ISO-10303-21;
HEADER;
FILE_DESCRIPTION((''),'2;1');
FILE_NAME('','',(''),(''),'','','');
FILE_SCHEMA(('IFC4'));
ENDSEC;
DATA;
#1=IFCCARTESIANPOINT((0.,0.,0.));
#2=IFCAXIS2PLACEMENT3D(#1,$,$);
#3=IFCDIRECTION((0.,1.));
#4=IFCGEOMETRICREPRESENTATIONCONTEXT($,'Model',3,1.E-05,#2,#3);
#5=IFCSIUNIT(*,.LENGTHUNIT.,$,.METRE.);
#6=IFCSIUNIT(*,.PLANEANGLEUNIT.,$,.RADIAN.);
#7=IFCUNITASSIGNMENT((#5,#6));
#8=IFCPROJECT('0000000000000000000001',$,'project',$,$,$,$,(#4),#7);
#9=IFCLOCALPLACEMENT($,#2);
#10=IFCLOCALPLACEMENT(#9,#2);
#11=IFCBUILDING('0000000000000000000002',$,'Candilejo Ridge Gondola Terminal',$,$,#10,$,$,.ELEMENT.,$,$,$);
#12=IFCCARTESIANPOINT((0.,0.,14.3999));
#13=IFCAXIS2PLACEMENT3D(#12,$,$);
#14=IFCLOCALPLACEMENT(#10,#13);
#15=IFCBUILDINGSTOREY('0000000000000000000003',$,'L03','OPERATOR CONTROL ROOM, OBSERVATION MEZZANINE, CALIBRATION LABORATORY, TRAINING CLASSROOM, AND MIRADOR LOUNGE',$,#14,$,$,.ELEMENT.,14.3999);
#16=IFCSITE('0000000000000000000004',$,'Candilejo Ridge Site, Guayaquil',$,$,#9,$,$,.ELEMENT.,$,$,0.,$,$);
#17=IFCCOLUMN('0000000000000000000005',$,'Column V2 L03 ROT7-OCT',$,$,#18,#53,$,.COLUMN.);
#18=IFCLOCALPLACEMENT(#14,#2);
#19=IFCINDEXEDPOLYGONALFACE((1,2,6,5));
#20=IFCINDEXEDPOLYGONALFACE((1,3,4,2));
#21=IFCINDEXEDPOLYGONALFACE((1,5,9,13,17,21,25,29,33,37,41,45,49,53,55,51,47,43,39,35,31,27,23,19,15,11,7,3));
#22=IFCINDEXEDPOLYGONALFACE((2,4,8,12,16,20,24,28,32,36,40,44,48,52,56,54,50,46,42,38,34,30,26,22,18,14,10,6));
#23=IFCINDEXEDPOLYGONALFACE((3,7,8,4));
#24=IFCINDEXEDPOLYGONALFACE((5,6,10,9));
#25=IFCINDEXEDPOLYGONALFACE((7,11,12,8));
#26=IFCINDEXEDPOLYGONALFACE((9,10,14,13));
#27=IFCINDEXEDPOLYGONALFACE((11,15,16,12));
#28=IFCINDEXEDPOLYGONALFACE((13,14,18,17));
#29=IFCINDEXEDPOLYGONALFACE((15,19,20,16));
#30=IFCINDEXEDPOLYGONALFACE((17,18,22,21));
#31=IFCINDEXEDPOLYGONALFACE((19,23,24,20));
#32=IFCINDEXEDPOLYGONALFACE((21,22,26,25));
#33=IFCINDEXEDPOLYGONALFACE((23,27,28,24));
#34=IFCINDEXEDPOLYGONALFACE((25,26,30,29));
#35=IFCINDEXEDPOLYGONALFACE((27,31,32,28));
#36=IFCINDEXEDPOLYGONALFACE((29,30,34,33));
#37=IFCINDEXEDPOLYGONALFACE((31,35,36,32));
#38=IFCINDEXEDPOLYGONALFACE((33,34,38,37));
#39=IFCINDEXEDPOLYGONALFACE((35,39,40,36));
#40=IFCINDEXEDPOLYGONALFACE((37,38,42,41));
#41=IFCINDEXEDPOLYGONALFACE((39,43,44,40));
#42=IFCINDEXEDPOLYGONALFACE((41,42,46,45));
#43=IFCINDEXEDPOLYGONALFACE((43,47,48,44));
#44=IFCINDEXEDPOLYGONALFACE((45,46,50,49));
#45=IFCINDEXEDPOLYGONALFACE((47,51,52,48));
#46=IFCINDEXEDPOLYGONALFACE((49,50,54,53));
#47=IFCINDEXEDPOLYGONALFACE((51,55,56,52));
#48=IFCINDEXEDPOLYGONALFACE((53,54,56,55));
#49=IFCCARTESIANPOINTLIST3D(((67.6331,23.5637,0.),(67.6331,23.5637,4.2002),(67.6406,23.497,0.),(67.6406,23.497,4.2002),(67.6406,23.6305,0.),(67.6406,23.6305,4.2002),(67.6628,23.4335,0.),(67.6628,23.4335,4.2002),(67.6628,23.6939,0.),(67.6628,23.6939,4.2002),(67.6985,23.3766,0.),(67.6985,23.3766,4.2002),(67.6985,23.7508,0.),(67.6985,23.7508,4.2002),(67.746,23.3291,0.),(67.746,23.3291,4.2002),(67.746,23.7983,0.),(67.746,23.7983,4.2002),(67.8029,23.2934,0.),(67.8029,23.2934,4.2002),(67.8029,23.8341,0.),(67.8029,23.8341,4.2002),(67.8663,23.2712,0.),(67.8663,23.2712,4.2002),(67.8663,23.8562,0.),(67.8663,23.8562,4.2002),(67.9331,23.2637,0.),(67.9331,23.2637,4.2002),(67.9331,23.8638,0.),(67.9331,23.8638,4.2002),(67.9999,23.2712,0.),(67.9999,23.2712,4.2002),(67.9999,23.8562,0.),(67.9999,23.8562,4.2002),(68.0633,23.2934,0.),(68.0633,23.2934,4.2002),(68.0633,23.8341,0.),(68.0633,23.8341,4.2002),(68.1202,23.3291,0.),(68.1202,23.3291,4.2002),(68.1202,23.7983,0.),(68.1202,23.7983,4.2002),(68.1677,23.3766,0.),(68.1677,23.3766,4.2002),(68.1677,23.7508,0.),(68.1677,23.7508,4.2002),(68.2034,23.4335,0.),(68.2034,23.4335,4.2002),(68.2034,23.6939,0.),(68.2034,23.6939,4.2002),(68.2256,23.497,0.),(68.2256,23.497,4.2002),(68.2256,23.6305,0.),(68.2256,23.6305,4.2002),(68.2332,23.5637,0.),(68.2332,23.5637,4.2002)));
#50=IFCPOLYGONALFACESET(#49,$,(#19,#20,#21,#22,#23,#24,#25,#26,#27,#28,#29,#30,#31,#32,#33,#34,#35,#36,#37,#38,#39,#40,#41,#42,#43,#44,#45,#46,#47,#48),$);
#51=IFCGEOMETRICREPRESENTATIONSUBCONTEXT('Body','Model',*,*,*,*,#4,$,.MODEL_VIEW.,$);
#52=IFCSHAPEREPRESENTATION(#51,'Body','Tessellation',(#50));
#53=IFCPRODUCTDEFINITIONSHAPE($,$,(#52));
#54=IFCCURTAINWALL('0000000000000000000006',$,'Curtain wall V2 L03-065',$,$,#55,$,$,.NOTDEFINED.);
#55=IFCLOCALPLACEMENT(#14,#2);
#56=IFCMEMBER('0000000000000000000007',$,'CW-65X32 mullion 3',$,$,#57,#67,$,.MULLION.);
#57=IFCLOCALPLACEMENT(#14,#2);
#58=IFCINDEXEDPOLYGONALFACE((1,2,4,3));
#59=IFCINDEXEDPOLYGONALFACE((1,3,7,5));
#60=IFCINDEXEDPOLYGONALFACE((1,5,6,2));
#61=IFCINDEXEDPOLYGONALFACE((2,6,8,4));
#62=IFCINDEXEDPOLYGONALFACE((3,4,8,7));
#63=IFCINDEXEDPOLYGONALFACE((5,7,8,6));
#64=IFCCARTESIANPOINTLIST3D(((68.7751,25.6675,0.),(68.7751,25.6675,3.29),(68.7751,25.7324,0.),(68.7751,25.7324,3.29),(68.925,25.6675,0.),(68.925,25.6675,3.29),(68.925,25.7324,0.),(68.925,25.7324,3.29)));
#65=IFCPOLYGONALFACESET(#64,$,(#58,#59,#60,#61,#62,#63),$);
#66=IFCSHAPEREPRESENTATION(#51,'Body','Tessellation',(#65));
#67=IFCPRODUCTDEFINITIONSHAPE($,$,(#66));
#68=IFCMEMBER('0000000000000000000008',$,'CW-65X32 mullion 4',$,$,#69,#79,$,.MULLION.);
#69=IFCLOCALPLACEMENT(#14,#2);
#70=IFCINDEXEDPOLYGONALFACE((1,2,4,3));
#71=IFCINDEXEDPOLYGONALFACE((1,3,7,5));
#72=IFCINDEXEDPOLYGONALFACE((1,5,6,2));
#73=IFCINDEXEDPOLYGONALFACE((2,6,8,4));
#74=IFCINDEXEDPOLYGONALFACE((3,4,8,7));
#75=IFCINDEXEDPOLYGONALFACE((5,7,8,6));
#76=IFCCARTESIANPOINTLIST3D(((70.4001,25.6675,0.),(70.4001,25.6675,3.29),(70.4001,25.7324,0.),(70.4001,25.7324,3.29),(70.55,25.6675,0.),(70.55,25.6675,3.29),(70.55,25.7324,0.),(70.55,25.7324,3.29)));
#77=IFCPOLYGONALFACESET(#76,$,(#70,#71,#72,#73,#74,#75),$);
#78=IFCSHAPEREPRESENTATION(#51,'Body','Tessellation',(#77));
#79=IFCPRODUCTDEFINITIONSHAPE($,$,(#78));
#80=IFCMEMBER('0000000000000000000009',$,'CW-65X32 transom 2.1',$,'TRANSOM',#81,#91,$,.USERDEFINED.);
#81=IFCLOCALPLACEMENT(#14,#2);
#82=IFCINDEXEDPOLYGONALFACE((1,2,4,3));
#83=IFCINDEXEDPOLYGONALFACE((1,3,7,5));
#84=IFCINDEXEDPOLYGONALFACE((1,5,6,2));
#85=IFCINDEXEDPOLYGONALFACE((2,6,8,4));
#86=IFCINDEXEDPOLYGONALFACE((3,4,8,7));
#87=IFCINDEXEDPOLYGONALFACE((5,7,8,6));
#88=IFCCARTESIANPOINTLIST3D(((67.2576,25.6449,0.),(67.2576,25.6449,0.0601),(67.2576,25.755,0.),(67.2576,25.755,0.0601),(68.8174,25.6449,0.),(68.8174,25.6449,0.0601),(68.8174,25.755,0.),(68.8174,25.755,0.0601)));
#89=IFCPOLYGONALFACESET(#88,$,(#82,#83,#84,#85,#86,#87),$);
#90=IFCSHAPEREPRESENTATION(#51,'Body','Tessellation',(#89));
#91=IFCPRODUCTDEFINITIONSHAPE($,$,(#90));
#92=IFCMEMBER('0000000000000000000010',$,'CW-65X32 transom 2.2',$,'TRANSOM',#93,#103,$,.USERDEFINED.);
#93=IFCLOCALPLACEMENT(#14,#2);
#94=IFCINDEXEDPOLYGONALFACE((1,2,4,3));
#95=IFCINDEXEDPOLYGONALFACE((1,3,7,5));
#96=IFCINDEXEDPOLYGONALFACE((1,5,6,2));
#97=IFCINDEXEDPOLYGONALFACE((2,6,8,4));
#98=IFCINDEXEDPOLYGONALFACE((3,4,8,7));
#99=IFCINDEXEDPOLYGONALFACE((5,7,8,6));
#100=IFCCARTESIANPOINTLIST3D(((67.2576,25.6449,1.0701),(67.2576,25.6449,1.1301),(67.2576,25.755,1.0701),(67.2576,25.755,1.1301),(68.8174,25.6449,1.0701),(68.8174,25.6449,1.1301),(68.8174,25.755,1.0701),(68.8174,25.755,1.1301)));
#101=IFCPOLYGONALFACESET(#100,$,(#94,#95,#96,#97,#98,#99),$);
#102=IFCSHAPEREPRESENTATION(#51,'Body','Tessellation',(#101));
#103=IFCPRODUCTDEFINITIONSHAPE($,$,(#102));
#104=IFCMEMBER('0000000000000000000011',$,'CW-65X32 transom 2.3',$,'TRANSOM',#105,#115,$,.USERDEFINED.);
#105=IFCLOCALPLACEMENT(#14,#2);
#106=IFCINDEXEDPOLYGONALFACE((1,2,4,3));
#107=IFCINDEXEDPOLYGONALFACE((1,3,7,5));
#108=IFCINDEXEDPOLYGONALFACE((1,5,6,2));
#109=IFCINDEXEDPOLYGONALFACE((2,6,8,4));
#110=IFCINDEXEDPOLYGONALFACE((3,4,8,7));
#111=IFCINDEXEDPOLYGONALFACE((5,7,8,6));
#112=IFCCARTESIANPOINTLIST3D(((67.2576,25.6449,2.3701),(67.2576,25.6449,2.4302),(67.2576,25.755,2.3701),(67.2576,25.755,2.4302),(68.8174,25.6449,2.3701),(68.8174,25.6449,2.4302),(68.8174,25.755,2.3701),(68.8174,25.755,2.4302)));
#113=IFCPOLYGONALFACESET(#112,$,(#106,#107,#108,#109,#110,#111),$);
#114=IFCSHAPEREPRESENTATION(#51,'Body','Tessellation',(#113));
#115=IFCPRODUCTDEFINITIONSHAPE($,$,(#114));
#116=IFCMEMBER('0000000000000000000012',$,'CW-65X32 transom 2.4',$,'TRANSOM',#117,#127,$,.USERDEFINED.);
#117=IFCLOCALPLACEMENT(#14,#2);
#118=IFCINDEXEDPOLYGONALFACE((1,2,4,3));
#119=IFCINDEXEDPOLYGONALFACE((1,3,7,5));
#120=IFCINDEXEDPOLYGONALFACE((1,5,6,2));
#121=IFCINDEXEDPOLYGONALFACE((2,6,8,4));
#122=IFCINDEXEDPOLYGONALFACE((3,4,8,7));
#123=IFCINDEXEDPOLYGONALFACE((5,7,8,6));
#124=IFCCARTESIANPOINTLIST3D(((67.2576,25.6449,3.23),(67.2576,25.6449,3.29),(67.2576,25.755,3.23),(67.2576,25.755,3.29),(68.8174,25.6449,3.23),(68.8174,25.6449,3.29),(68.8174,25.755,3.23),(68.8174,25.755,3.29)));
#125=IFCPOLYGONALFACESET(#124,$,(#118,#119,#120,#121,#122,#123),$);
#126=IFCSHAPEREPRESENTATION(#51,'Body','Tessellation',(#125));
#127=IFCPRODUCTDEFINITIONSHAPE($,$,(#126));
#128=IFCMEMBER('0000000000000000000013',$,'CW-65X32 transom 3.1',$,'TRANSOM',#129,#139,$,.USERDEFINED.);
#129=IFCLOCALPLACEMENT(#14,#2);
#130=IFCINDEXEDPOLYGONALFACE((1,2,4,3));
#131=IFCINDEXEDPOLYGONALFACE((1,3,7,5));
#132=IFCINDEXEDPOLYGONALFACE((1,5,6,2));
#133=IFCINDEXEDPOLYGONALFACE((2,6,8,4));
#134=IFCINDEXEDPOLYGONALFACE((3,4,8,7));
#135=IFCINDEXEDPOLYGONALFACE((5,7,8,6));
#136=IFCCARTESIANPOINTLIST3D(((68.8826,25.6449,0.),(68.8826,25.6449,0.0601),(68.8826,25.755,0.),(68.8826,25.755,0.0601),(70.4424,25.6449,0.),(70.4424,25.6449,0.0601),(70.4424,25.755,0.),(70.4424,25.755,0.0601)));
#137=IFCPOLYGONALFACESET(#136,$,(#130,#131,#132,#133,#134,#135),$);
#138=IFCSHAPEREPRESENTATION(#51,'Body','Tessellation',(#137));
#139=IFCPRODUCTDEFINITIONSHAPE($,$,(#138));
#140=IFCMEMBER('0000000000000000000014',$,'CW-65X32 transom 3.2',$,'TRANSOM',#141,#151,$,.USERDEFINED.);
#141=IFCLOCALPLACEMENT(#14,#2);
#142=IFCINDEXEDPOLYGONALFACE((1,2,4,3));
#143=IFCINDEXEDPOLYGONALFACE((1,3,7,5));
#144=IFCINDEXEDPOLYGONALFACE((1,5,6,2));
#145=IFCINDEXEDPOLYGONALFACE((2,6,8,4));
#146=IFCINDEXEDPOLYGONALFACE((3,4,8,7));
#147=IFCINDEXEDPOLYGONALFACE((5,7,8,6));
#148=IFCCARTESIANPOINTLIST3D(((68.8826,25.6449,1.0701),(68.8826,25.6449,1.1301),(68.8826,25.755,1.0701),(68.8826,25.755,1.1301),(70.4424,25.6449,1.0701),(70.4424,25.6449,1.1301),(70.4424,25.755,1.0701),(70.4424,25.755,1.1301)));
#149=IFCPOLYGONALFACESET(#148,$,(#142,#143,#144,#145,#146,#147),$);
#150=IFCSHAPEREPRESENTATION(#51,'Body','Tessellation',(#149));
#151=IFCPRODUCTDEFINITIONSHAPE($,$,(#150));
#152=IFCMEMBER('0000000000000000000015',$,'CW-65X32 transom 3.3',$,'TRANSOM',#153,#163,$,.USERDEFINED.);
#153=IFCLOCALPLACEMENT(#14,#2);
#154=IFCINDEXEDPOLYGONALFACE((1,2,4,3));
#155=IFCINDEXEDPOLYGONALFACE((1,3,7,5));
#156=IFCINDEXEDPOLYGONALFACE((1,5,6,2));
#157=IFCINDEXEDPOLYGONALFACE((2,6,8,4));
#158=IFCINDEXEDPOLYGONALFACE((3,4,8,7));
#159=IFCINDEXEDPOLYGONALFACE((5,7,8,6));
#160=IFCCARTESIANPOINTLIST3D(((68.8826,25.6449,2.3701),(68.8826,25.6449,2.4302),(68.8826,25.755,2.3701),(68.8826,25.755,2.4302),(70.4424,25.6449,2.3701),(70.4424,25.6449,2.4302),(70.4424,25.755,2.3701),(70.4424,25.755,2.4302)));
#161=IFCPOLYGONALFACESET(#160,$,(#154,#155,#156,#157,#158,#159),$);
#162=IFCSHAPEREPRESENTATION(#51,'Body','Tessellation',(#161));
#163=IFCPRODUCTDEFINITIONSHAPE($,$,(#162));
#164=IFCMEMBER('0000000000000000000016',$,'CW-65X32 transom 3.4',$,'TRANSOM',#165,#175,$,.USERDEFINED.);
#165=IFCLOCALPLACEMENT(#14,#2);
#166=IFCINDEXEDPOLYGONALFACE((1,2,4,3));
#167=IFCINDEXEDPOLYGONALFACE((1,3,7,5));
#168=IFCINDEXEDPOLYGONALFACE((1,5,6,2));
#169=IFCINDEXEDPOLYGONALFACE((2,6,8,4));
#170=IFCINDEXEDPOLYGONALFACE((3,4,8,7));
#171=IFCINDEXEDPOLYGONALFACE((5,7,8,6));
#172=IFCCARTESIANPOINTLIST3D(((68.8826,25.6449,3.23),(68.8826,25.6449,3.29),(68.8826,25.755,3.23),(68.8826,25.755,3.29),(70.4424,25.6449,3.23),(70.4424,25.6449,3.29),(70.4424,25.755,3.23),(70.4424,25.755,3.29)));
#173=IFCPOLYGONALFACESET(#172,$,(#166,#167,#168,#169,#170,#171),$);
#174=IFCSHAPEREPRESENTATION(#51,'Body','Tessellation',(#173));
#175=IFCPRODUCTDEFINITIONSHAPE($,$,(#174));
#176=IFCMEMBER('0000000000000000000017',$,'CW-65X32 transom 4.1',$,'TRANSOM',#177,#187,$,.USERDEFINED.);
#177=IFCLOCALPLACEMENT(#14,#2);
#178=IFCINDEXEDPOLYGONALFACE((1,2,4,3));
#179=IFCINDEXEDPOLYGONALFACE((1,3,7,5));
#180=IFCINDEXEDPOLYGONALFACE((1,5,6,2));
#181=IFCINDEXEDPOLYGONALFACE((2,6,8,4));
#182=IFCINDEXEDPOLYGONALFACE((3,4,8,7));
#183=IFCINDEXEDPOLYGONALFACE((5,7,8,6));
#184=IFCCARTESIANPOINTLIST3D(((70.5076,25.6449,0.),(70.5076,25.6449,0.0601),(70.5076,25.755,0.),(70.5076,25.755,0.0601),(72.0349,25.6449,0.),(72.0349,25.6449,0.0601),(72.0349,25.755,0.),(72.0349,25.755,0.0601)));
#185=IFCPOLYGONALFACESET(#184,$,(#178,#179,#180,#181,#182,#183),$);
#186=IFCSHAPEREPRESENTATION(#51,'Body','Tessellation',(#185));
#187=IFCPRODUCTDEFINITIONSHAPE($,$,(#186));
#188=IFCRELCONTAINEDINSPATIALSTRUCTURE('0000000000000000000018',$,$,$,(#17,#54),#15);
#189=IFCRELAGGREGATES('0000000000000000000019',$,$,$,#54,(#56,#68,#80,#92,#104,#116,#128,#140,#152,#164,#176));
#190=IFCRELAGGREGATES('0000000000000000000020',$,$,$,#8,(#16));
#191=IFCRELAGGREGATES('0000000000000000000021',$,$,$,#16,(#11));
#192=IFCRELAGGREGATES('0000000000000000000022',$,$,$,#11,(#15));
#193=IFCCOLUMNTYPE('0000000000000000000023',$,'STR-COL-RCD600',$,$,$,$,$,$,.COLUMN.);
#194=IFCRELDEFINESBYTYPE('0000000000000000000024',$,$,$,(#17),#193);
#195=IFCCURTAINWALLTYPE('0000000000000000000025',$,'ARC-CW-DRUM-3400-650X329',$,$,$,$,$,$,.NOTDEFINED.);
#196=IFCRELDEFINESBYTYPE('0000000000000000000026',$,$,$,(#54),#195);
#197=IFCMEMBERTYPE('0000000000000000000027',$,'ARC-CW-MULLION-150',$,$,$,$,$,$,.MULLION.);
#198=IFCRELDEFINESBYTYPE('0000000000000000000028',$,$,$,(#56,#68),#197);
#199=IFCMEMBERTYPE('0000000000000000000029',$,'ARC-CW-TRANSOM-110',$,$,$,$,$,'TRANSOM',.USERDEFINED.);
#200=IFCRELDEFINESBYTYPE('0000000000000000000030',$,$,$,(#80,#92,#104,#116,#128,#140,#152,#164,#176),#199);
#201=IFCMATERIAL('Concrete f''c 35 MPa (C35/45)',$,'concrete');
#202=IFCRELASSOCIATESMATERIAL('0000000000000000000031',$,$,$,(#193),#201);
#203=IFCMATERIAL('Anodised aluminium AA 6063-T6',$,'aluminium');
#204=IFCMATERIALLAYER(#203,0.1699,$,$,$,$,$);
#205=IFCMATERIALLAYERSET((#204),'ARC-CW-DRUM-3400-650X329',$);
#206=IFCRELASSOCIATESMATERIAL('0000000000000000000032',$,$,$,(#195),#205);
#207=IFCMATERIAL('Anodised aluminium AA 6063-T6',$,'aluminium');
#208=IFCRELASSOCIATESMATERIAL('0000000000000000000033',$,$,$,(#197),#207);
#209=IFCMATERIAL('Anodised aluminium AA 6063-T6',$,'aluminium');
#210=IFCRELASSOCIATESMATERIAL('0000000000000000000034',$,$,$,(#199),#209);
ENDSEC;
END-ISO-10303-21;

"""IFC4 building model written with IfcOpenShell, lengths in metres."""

from ifc_helpers import new_model, si_unit, direction, frame, origin, origin_2d, place, context, subcontext, project, spatial, rectangle, circle, extrude, material, layer, layer_set, material_profile, profile_set, type_object, element, aggregate, save


model = new_model("IFC4")

# Units and contexts
model_context = context("Model", 3, precision=1e-05, world=origin(), true_north=direction((0.0, 1.0)))
body_context = subcontext(model_context, "Body", "Model", "MODEL_VIEW")
ifc_project = project(units=[si_unit("LENGTHUNIT", "METRE"), si_unit("PLANEANGLEUNIT", "RADIAN")], contexts=[model_context])

# Site, building, storey
site_placement = place(None, origin())
site = spatial("IfcSite", under=ifc_project, at=site_placement, Name="Candilejo Ridge Site, Guayaquil", CompositionType="ELEMENT", RefElevation=0.0)
building_placement = place(site_placement, origin())
building = spatial("IfcBuilding", under=site, at=building_placement, Name="Candilejo Ridge Gondola Terminal", CompositionType="ELEMENT")
storey_placement = place(building_placement, frame((0.0, 0.0, 14.3999)))
storey = spatial("IfcBuildingStorey", under=building, at=storey_placement, Name="L03", Description="OPERATOR CONTROL ROOM, OBSERVATION MEZZANINE, CALIBRATION LABORATORY, TRAINING CLASSROOM, AND MIRADOR LOUNGE", CompositionType="ELEMENT", Elevation=14.3999)

# Column
ifc_material_1 = material(Name="Concrete f'c 35 MPa (C35/45)", Category="concrete")
ifc_material_profile_1 = material_profile(ifc_material_1, circle(Radius=0.3, at=origin_2d()))
ifc_profile_set_1 = profile_set([ifc_material_profile_1], Name="Concrete f'c 35 MPa (C35/45)")
column_type = type_object("IfcColumnType", Name="STR-COL-RCD600", PredefinedType="COLUMN", material=ifc_profile_set_1)
column_placement = place(storey_placement, frame((67.9331, 23.5637, 0.0), z_axis=(0.0, 0.0, 1.0), x_axis=(1.0, 0.0, 0.0)))
element("IfcColumn", 1, at=column_placement, inside=storey, type_object=column_type, Name="Column V2 L03 ROT7-OCT", PredefinedType="COLUMN", context=body_context, shape_type="SweptSolid", body=[
    extrude(circle(Radius=0.3, at=origin_2d()), origin(), (0.0, 0.0, 1.0), 4.2002),
])

# Curtain wall, members
ifc_material_2 = material(Name="Anodised aluminium AA 6063-T6", Category="aluminium")
ifc_layer_1 = layer(ifc_material_2, 0.1699)
ifc_layer_set_1 = layer_set([ifc_layer_1], Name="ARC-CW-DRUM-3400-650X329")
curtain_wall_type = type_object("IfcCurtainWallType", Name="ARC-CW-DRUM-3400-650X329", PredefinedType="NOTDEFINED", material=ifc_layer_set_1)
curtain_wall_placement = place(storey_placement, origin())
curtain_wall = element("IfcCurtainWall", 2, at=curtain_wall_placement, inside=storey, type_object=curtain_wall_type, Name="Curtain wall V2 L03-065", PredefinedType="NOTDEFINED")
ifc_material_3 = material(Name="Anodised aluminium AA 6063-T6", Category="aluminium")
ifc_material_profile_2 = material_profile(ifc_material_3, rectangle(XDim=0.0649, YDim=0.1499, at=origin_2d()))
ifc_profile_set_2 = profile_set([ifc_material_profile_2], Name="Anodised aluminium AA 6063-T6")
member_type_1 = type_object("IfcMemberType", Name="ARC-CW-MULLION-150", PredefinedType="MULLION", material=ifc_profile_set_2)
member_1_placement = place(storey_placement, frame((68.8501, 25.7, 0.0), z_axis=(0.0, 0.0, 1.0), x_axis=(0.0, 1.0, 0.0)))
member_1 = element("IfcMember", 3, at=member_1_placement, type_object=member_type_1, Name="CW-65X32 mullion 3", PredefinedType="MULLION", context=body_context, shape_type="SweptSolid", body=[
    extrude(rectangle(XDim=0.0649, YDim=0.1499, at=origin_2d()), origin(), (0.0, 0.0, 1.0), 3.29),
])
member_2_placement = place(storey_placement, frame((70.4751, 25.7, 0.0), z_axis=(0.0, 0.0, 1.0), x_axis=(0.0, 1.0, 0.0)))
member_2 = element("IfcMember", 4, at=member_2_placement, type_object=member_type_1, Name="CW-65X32 mullion 4", PredefinedType="MULLION", context=body_context, shape_type="SweptSolid", body=[
    extrude(rectangle(XDim=0.0649, YDim=0.1499, at=origin_2d()), origin(), (0.0, 0.0, 1.0), 3.29),
])
ifc_material_4 = material(Name="Anodised aluminium AA 6063-T6", Category="aluminium")
ifc_material_profile_3 = material_profile(ifc_material_4, rectangle(XDim=0.1101, YDim=0.0601, at=origin_2d()))
ifc_profile_set_3 = profile_set([ifc_material_profile_3], Name="Anodised aluminium AA 6063-T6")
member_type_2 = type_object("IfcMemberType", Name="ARC-CW-TRANSOM-110", ElementType="TRANSOM", PredefinedType="USERDEFINED", material=ifc_profile_set_3)
member_3_placement = place(storey_placement, frame((67.2576, 25.7, 0.03), z_axis=(1.0, 0.0, 0.0), x_axis=(0.0, 1.0, 0.0)))
member_3 = element("IfcMember", 5, at=member_3_placement, type_object=member_type_2, Name="CW-65X32 transom 2.1", ObjectType="TRANSOM", PredefinedType="USERDEFINED", context=body_context, shape_type="SweptSolid", body=[
    extrude(rectangle(XDim=0.1101, YDim=0.0601, at=origin_2d()), origin(), (0.0, 0.0, 1.0), 1.5598),
])
member_4_placement = place(storey_placement, frame((67.2576, 25.7, 1.1001), z_axis=(1.0, 0.0, 0.0), x_axis=(0.0, 1.0, 0.0)))
member_4 = element("IfcMember", 6, at=member_4_placement, type_object=member_type_2, Name="CW-65X32 transom 2.2", ObjectType="TRANSOM", PredefinedType="USERDEFINED", context=body_context, shape_type="SweptSolid", body=[
    extrude(rectangle(XDim=0.1101, YDim=0.0601, at=origin_2d()), origin(), (0.0, 0.0, 1.0), 1.5598),
])
member_5_placement = place(storey_placement, frame((67.2576, 25.7, 2.4001), z_axis=(1.0, 0.0, 0.0), x_axis=(0.0, 1.0, 0.0)))
member_5 = element("IfcMember", 7, at=member_5_placement, type_object=member_type_2, Name="CW-65X32 transom 2.3", ObjectType="TRANSOM", PredefinedType="USERDEFINED", context=body_context, shape_type="SweptSolid", body=[
    extrude(rectangle(XDim=0.1101, YDim=0.0601, at=origin_2d()), origin(), (0.0, 0.0, 1.0), 1.5598),
])
member_6_placement = place(storey_placement, frame((67.2576, 25.7, 3.26), z_axis=(1.0, 0.0, 0.0), x_axis=(0.0, 1.0, 0.0)))
member_6 = element("IfcMember", 8, at=member_6_placement, type_object=member_type_2, Name="CW-65X32 transom 2.4", ObjectType="TRANSOM", PredefinedType="USERDEFINED", context=body_context, shape_type="SweptSolid", body=[
    extrude(rectangle(XDim=0.1101, YDim=0.0601, at=origin_2d()), origin(), (0.0, 0.0, 1.0), 1.5598),
])
member_7_placement = place(storey_placement, frame((68.8826, 25.7, 0.03), z_axis=(1.0, 0.0, 0.0), x_axis=(0.0, 1.0, 0.0)))
member_7 = element("IfcMember", 9, at=member_7_placement, type_object=member_type_2, Name="CW-65X32 transom 3.1", ObjectType="TRANSOM", PredefinedType="USERDEFINED", context=body_context, shape_type="SweptSolid", body=[
    extrude(rectangle(XDim=0.1101, YDim=0.0601, at=origin_2d()), origin(), (0.0, 0.0, 1.0), 1.5598),
])
member_8_placement = place(storey_placement, frame((68.8826, 25.7, 1.1001), z_axis=(1.0, 0.0, 0.0), x_axis=(0.0, 1.0, 0.0)))
member_8 = element("IfcMember", 10, at=member_8_placement, type_object=member_type_2, Name="CW-65X32 transom 3.2", ObjectType="TRANSOM", PredefinedType="USERDEFINED", context=body_context, shape_type="SweptSolid", body=[
    extrude(rectangle(XDim=0.1101, YDim=0.0601, at=origin_2d()), origin(), (0.0, 0.0, 1.0), 1.5598),
])
member_9_placement = place(storey_placement, frame((68.8826, 25.7, 2.4001), z_axis=(1.0, 0.0, 0.0), x_axis=(0.0, 1.0, 0.0)))
member_9 = element("IfcMember", 11, at=member_9_placement, type_object=member_type_2, Name="CW-65X32 transom 3.3", ObjectType="TRANSOM", PredefinedType="USERDEFINED", context=body_context, shape_type="SweptSolid", body=[
    extrude(rectangle(XDim=0.1101, YDim=0.0601, at=origin_2d()), origin(), (0.0, 0.0, 1.0), 1.5598),
])
member_10_placement = place(storey_placement, frame((68.8826, 25.7, 3.26), z_axis=(1.0, 0.0, 0.0), x_axis=(0.0, 1.0, 0.0)))
member_10 = element("IfcMember", 12, at=member_10_placement, type_object=member_type_2, Name="CW-65X32 transom 3.4", ObjectType="TRANSOM", PredefinedType="USERDEFINED", context=body_context, shape_type="SweptSolid", body=[
    extrude(rectangle(XDim=0.1101, YDim=0.0601, at=origin_2d()), origin(), (0.0, 0.0, 1.0), 1.5598),
])
member_11_placement = place(storey_placement, frame((70.5076, 25.7, 0.03), z_axis=(1.0, 0.0, 0.0), x_axis=(0.0, 1.0, 0.0)))
member_11 = element("IfcMember", 13, at=member_11_placement, type_object=member_type_2, Name="CW-65X32 transom 4.1", ObjectType="TRANSOM", PredefinedType="USERDEFINED", context=body_context, shape_type="SweptSolid", body=[
    extrude(rectangle(XDim=0.1101, YDim=0.0601, at=origin_2d()), origin(), (0.0, 0.0, 1.0), 1.5273),
])

aggregate(curtain_wall, [member_1, member_2, member_3, member_4, member_5, member_6, member_7, member_8, member_9, member_10, member_11])

save(model, "model.ifc")
